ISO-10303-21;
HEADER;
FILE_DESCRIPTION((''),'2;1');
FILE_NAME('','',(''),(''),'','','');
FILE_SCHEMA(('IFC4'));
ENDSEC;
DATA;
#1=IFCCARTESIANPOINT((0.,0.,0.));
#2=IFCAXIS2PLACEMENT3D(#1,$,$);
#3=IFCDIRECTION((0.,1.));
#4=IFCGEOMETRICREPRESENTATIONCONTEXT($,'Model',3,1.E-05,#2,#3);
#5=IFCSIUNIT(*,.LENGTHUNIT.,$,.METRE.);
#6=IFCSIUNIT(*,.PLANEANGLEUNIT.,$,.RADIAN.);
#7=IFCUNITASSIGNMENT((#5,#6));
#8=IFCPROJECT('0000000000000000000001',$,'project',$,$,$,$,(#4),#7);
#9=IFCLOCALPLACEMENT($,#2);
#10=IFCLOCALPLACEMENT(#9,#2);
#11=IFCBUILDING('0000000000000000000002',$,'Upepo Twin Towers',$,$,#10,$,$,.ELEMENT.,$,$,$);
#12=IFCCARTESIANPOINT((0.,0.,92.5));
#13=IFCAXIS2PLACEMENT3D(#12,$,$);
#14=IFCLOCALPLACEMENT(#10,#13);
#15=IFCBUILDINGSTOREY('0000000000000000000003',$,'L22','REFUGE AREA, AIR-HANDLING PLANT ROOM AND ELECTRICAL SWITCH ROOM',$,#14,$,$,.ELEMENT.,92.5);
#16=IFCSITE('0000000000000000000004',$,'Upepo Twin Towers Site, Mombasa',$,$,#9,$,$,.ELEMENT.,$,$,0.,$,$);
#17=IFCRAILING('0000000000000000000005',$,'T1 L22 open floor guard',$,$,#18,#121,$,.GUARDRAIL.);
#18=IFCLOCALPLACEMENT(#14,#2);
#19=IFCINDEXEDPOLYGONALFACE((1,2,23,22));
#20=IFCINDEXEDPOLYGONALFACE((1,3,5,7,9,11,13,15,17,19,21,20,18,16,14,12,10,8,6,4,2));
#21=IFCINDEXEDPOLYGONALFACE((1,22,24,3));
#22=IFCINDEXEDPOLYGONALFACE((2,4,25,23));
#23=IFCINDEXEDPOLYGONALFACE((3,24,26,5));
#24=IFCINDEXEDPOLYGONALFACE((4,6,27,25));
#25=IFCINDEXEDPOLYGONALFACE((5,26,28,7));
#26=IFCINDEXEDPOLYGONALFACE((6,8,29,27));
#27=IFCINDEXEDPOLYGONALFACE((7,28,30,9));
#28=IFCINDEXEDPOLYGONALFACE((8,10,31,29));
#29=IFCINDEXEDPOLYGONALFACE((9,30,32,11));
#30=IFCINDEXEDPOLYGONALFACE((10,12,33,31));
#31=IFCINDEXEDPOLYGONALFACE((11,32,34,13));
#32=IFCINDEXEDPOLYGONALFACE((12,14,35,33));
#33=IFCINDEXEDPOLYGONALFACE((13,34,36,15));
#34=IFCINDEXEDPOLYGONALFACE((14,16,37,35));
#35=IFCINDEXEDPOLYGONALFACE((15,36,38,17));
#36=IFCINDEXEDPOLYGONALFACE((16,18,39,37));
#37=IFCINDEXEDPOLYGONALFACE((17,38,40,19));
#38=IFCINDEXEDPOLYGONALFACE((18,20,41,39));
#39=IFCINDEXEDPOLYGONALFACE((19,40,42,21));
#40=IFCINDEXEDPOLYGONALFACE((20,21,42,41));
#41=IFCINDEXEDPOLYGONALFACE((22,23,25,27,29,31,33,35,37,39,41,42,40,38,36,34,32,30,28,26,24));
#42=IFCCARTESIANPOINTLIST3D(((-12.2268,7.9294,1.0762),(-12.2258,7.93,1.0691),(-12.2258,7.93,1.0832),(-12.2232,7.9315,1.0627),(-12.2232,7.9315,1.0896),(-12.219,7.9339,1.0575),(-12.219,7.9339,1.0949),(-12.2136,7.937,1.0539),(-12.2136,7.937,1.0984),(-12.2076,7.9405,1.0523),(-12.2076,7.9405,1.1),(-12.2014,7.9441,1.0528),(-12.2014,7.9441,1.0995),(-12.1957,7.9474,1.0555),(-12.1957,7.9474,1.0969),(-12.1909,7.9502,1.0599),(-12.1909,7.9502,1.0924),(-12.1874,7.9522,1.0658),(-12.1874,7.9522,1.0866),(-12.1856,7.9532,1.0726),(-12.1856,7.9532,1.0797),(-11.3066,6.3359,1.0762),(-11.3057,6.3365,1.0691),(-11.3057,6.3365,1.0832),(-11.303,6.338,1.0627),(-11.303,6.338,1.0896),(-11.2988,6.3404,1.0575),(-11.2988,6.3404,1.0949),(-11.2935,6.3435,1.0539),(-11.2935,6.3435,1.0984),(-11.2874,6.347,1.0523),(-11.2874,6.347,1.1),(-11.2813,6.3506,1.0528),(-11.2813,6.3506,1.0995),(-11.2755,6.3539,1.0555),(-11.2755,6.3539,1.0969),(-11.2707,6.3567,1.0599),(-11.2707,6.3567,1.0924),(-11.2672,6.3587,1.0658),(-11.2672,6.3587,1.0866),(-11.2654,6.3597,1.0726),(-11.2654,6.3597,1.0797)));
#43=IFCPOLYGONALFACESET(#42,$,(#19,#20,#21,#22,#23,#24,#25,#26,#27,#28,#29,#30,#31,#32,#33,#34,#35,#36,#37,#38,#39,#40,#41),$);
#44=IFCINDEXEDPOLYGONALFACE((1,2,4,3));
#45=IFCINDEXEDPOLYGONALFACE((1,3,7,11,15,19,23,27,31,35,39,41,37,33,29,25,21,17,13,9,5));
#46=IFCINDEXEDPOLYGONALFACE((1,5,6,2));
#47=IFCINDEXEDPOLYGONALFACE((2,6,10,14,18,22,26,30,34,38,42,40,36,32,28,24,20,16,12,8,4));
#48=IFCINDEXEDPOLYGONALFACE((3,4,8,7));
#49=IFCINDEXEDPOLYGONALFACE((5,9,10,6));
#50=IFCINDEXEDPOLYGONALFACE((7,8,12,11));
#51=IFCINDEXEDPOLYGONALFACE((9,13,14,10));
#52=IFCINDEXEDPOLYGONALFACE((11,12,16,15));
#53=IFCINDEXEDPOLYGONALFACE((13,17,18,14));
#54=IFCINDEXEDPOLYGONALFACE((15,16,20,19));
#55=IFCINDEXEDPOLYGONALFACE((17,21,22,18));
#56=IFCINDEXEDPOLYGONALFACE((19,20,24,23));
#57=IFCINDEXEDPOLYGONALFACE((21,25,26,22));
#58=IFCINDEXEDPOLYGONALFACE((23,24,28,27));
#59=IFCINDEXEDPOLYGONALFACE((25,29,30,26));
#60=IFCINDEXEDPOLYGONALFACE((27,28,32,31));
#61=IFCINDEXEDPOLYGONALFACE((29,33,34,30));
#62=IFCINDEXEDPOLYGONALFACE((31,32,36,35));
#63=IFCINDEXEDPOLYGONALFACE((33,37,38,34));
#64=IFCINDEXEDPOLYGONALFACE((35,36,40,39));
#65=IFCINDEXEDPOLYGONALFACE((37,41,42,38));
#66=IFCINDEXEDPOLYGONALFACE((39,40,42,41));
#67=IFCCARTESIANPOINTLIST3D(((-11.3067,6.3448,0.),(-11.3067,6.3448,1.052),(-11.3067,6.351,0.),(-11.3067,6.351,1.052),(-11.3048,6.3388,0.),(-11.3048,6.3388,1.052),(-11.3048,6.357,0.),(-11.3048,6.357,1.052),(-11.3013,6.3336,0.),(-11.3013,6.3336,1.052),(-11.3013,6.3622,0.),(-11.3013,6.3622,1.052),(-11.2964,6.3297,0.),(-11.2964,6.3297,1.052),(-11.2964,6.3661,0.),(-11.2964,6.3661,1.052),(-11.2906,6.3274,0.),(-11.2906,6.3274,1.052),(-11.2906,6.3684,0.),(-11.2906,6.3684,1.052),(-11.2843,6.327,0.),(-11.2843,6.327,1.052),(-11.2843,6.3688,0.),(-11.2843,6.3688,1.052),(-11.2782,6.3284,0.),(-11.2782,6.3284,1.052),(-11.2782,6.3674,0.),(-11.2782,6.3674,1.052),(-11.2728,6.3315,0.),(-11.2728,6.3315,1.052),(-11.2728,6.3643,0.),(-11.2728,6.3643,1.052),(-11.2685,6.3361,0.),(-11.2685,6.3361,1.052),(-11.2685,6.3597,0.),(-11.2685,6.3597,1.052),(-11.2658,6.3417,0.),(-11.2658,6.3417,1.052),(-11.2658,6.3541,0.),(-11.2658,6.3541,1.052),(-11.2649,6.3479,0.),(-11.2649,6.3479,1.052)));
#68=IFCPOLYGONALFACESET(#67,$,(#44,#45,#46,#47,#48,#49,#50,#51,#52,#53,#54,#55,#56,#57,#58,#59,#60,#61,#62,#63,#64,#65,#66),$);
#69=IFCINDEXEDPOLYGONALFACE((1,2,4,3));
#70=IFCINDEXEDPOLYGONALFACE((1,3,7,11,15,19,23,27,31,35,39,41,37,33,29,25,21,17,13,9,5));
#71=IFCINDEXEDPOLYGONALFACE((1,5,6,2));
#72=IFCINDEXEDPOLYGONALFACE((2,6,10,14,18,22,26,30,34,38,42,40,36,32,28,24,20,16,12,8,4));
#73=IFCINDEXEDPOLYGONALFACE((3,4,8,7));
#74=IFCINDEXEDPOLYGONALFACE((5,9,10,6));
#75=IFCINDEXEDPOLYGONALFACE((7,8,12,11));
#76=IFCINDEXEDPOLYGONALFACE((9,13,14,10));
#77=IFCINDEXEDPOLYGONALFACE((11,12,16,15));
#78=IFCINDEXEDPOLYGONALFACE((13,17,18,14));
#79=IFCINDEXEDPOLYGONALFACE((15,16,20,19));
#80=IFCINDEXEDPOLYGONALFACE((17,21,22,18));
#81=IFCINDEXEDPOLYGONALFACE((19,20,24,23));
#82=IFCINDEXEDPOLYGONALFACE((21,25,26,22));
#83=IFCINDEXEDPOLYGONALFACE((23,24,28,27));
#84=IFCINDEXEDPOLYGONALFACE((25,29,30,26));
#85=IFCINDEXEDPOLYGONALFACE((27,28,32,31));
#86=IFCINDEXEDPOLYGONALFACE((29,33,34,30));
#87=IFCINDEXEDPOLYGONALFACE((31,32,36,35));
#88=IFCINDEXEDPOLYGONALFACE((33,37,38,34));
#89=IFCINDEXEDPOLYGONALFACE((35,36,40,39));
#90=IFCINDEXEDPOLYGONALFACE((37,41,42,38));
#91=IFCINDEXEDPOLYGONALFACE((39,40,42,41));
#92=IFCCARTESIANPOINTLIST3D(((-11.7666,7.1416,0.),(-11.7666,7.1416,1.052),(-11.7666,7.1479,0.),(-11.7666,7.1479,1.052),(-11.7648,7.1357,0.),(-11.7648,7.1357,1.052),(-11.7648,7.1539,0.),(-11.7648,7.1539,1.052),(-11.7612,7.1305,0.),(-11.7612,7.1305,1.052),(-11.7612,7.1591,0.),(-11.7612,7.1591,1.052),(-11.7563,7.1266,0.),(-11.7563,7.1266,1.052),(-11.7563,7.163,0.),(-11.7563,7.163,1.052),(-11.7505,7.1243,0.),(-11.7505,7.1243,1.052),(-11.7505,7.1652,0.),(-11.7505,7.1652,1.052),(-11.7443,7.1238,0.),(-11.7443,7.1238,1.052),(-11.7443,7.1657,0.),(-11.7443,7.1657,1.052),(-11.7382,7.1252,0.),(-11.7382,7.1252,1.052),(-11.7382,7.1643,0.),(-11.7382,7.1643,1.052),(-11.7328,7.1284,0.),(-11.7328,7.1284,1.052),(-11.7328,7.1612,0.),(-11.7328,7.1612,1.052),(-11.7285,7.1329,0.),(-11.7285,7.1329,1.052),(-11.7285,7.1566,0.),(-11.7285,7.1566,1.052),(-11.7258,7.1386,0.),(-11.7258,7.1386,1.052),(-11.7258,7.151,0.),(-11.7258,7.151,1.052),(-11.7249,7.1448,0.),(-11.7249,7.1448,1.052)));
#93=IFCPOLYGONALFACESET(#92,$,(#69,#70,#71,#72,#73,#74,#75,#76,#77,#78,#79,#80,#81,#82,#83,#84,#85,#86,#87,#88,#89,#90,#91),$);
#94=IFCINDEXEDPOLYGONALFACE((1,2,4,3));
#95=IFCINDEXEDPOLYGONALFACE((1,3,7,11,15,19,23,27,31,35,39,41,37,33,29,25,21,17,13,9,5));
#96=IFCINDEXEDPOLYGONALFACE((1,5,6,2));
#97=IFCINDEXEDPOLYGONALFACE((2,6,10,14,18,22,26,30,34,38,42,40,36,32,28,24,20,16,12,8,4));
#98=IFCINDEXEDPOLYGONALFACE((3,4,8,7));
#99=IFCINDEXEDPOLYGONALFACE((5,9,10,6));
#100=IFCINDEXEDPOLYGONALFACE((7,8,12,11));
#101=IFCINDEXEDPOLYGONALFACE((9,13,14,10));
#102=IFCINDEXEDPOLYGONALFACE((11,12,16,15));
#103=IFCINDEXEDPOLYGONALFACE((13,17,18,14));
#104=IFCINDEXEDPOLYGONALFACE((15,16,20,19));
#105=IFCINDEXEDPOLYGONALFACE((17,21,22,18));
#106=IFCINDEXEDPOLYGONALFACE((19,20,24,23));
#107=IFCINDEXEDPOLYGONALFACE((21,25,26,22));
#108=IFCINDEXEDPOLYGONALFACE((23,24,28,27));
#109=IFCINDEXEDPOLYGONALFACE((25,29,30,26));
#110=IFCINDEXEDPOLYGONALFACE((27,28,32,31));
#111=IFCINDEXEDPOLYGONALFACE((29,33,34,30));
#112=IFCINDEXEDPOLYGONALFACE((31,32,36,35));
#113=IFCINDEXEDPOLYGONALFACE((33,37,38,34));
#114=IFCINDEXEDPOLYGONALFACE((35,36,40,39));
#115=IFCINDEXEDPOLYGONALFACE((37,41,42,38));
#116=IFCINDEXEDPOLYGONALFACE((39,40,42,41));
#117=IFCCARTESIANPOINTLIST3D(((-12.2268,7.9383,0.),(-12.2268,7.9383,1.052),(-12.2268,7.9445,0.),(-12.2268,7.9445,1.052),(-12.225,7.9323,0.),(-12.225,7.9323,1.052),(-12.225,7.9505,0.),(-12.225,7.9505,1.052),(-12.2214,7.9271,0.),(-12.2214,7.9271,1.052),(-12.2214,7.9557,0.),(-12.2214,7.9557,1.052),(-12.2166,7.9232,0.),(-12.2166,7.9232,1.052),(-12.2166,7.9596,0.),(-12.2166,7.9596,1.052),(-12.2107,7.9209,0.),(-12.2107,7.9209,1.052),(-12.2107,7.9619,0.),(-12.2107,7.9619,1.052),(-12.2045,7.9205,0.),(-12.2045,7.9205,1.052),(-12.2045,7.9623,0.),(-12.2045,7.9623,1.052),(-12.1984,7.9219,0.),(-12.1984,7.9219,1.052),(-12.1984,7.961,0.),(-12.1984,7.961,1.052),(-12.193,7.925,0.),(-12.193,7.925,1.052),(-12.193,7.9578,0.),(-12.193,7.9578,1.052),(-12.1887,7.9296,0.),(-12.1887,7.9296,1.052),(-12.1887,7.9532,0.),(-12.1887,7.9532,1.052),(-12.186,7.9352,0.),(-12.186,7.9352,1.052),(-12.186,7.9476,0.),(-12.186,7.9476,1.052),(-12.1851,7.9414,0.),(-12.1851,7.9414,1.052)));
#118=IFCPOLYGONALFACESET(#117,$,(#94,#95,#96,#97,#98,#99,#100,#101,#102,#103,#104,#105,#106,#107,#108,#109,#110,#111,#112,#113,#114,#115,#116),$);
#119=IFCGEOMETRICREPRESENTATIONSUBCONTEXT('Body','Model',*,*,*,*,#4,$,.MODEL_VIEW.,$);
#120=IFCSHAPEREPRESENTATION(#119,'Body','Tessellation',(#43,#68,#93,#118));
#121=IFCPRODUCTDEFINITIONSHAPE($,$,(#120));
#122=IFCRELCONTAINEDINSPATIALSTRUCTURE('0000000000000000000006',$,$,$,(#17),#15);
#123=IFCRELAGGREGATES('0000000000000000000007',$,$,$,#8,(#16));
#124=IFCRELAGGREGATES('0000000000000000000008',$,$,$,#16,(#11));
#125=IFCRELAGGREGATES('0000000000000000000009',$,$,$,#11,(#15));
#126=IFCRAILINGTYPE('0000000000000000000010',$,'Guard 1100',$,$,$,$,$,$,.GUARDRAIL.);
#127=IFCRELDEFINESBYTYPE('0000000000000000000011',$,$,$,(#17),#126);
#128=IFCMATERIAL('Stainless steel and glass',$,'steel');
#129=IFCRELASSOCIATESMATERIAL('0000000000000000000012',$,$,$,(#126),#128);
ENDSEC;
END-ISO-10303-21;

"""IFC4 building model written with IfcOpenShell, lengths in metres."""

from ifc_helpers import new_model, si_unit, direction, frame, origin, origin_2d, place, context, subcontext, project, spatial, circle, extrude, material, type_object, element, save


model = new_model("IFC4")

# Units and contexts
model_context = context("Model", 3, precision=1e-05, world=origin(), true_north=direction((0.0, 1.0)))
body_context = subcontext(model_context, "Body", "Model", "MODEL_VIEW")
ifc_project = project(units=[si_unit("LENGTHUNIT", "METRE"), si_unit("PLANEANGLEUNIT", "RADIAN")], contexts=[model_context])

# Site, building, storey
site_placement = place(None, origin())
site = spatial("IfcSite", under=ifc_project, at=site_placement, Name="Upepo Twin Towers Site, Mombasa", CompositionType="ELEMENT", RefElevation=0.0)
building_placement = place(site_placement, origin())
building = spatial("IfcBuilding", under=site, at=building_placement, Name="Upepo Twin Towers", CompositionType="ELEMENT")
storey_placement = place(building_placement, frame((0.0, 0.0, 92.5)))
storey = spatial("IfcBuildingStorey", under=building, at=storey_placement, Name="L22", Description="REFUGE AREA, AIR-HANDLING PLANT ROOM AND ELECTRICAL SWITCH ROOM", CompositionType="ELEMENT", Elevation=92.5)

# Railing
ifc_material_1 = material(Name="Stainless steel and glass", Category="steel")
railing_type_1 = type_object("IfcRailingType", Name="Guard 1100", PredefinedType="GUARDRAIL", material=ifc_material_1)
railing_1_placement = place(storey_placement, frame((-11.2859, 6.3479, 0.0)))
element("IfcRailing", 1, at=railing_1_placement, inside=storey, type_object=railing_type_1, Name="T1 L22 open floor guard", PredefinedType="GUARDRAIL", context=body_context, shape_type="SweptSolid", body=[
    extrude(circle(Radius=0.0239, at=origin_2d()), frame((0.0, 0.0, 1.0762), z_axis=(-0.500063, 0.865989, 0.0), x_axis=(-0.865989, -0.500063, 0.0)), (0.0, 0.0, 1.0), 1.8401),
    extrude(circle(Radius=0.021, at=origin_2d()), origin(), (0.0, 0.0, 1.0), 1.052),
    extrude(circle(Radius=0.021, at=origin_2d()), frame((-0.46, 0.7969, 0.0)), (0.0, 0.0, 1.0), 1.052),
    extrude(circle(Radius=0.021, at=origin_2d()), frame((-0.9202, 1.5935, 0.0)), (0.0, 0.0, 1.0), 1.052),
])

save(model, "model.ifc")
